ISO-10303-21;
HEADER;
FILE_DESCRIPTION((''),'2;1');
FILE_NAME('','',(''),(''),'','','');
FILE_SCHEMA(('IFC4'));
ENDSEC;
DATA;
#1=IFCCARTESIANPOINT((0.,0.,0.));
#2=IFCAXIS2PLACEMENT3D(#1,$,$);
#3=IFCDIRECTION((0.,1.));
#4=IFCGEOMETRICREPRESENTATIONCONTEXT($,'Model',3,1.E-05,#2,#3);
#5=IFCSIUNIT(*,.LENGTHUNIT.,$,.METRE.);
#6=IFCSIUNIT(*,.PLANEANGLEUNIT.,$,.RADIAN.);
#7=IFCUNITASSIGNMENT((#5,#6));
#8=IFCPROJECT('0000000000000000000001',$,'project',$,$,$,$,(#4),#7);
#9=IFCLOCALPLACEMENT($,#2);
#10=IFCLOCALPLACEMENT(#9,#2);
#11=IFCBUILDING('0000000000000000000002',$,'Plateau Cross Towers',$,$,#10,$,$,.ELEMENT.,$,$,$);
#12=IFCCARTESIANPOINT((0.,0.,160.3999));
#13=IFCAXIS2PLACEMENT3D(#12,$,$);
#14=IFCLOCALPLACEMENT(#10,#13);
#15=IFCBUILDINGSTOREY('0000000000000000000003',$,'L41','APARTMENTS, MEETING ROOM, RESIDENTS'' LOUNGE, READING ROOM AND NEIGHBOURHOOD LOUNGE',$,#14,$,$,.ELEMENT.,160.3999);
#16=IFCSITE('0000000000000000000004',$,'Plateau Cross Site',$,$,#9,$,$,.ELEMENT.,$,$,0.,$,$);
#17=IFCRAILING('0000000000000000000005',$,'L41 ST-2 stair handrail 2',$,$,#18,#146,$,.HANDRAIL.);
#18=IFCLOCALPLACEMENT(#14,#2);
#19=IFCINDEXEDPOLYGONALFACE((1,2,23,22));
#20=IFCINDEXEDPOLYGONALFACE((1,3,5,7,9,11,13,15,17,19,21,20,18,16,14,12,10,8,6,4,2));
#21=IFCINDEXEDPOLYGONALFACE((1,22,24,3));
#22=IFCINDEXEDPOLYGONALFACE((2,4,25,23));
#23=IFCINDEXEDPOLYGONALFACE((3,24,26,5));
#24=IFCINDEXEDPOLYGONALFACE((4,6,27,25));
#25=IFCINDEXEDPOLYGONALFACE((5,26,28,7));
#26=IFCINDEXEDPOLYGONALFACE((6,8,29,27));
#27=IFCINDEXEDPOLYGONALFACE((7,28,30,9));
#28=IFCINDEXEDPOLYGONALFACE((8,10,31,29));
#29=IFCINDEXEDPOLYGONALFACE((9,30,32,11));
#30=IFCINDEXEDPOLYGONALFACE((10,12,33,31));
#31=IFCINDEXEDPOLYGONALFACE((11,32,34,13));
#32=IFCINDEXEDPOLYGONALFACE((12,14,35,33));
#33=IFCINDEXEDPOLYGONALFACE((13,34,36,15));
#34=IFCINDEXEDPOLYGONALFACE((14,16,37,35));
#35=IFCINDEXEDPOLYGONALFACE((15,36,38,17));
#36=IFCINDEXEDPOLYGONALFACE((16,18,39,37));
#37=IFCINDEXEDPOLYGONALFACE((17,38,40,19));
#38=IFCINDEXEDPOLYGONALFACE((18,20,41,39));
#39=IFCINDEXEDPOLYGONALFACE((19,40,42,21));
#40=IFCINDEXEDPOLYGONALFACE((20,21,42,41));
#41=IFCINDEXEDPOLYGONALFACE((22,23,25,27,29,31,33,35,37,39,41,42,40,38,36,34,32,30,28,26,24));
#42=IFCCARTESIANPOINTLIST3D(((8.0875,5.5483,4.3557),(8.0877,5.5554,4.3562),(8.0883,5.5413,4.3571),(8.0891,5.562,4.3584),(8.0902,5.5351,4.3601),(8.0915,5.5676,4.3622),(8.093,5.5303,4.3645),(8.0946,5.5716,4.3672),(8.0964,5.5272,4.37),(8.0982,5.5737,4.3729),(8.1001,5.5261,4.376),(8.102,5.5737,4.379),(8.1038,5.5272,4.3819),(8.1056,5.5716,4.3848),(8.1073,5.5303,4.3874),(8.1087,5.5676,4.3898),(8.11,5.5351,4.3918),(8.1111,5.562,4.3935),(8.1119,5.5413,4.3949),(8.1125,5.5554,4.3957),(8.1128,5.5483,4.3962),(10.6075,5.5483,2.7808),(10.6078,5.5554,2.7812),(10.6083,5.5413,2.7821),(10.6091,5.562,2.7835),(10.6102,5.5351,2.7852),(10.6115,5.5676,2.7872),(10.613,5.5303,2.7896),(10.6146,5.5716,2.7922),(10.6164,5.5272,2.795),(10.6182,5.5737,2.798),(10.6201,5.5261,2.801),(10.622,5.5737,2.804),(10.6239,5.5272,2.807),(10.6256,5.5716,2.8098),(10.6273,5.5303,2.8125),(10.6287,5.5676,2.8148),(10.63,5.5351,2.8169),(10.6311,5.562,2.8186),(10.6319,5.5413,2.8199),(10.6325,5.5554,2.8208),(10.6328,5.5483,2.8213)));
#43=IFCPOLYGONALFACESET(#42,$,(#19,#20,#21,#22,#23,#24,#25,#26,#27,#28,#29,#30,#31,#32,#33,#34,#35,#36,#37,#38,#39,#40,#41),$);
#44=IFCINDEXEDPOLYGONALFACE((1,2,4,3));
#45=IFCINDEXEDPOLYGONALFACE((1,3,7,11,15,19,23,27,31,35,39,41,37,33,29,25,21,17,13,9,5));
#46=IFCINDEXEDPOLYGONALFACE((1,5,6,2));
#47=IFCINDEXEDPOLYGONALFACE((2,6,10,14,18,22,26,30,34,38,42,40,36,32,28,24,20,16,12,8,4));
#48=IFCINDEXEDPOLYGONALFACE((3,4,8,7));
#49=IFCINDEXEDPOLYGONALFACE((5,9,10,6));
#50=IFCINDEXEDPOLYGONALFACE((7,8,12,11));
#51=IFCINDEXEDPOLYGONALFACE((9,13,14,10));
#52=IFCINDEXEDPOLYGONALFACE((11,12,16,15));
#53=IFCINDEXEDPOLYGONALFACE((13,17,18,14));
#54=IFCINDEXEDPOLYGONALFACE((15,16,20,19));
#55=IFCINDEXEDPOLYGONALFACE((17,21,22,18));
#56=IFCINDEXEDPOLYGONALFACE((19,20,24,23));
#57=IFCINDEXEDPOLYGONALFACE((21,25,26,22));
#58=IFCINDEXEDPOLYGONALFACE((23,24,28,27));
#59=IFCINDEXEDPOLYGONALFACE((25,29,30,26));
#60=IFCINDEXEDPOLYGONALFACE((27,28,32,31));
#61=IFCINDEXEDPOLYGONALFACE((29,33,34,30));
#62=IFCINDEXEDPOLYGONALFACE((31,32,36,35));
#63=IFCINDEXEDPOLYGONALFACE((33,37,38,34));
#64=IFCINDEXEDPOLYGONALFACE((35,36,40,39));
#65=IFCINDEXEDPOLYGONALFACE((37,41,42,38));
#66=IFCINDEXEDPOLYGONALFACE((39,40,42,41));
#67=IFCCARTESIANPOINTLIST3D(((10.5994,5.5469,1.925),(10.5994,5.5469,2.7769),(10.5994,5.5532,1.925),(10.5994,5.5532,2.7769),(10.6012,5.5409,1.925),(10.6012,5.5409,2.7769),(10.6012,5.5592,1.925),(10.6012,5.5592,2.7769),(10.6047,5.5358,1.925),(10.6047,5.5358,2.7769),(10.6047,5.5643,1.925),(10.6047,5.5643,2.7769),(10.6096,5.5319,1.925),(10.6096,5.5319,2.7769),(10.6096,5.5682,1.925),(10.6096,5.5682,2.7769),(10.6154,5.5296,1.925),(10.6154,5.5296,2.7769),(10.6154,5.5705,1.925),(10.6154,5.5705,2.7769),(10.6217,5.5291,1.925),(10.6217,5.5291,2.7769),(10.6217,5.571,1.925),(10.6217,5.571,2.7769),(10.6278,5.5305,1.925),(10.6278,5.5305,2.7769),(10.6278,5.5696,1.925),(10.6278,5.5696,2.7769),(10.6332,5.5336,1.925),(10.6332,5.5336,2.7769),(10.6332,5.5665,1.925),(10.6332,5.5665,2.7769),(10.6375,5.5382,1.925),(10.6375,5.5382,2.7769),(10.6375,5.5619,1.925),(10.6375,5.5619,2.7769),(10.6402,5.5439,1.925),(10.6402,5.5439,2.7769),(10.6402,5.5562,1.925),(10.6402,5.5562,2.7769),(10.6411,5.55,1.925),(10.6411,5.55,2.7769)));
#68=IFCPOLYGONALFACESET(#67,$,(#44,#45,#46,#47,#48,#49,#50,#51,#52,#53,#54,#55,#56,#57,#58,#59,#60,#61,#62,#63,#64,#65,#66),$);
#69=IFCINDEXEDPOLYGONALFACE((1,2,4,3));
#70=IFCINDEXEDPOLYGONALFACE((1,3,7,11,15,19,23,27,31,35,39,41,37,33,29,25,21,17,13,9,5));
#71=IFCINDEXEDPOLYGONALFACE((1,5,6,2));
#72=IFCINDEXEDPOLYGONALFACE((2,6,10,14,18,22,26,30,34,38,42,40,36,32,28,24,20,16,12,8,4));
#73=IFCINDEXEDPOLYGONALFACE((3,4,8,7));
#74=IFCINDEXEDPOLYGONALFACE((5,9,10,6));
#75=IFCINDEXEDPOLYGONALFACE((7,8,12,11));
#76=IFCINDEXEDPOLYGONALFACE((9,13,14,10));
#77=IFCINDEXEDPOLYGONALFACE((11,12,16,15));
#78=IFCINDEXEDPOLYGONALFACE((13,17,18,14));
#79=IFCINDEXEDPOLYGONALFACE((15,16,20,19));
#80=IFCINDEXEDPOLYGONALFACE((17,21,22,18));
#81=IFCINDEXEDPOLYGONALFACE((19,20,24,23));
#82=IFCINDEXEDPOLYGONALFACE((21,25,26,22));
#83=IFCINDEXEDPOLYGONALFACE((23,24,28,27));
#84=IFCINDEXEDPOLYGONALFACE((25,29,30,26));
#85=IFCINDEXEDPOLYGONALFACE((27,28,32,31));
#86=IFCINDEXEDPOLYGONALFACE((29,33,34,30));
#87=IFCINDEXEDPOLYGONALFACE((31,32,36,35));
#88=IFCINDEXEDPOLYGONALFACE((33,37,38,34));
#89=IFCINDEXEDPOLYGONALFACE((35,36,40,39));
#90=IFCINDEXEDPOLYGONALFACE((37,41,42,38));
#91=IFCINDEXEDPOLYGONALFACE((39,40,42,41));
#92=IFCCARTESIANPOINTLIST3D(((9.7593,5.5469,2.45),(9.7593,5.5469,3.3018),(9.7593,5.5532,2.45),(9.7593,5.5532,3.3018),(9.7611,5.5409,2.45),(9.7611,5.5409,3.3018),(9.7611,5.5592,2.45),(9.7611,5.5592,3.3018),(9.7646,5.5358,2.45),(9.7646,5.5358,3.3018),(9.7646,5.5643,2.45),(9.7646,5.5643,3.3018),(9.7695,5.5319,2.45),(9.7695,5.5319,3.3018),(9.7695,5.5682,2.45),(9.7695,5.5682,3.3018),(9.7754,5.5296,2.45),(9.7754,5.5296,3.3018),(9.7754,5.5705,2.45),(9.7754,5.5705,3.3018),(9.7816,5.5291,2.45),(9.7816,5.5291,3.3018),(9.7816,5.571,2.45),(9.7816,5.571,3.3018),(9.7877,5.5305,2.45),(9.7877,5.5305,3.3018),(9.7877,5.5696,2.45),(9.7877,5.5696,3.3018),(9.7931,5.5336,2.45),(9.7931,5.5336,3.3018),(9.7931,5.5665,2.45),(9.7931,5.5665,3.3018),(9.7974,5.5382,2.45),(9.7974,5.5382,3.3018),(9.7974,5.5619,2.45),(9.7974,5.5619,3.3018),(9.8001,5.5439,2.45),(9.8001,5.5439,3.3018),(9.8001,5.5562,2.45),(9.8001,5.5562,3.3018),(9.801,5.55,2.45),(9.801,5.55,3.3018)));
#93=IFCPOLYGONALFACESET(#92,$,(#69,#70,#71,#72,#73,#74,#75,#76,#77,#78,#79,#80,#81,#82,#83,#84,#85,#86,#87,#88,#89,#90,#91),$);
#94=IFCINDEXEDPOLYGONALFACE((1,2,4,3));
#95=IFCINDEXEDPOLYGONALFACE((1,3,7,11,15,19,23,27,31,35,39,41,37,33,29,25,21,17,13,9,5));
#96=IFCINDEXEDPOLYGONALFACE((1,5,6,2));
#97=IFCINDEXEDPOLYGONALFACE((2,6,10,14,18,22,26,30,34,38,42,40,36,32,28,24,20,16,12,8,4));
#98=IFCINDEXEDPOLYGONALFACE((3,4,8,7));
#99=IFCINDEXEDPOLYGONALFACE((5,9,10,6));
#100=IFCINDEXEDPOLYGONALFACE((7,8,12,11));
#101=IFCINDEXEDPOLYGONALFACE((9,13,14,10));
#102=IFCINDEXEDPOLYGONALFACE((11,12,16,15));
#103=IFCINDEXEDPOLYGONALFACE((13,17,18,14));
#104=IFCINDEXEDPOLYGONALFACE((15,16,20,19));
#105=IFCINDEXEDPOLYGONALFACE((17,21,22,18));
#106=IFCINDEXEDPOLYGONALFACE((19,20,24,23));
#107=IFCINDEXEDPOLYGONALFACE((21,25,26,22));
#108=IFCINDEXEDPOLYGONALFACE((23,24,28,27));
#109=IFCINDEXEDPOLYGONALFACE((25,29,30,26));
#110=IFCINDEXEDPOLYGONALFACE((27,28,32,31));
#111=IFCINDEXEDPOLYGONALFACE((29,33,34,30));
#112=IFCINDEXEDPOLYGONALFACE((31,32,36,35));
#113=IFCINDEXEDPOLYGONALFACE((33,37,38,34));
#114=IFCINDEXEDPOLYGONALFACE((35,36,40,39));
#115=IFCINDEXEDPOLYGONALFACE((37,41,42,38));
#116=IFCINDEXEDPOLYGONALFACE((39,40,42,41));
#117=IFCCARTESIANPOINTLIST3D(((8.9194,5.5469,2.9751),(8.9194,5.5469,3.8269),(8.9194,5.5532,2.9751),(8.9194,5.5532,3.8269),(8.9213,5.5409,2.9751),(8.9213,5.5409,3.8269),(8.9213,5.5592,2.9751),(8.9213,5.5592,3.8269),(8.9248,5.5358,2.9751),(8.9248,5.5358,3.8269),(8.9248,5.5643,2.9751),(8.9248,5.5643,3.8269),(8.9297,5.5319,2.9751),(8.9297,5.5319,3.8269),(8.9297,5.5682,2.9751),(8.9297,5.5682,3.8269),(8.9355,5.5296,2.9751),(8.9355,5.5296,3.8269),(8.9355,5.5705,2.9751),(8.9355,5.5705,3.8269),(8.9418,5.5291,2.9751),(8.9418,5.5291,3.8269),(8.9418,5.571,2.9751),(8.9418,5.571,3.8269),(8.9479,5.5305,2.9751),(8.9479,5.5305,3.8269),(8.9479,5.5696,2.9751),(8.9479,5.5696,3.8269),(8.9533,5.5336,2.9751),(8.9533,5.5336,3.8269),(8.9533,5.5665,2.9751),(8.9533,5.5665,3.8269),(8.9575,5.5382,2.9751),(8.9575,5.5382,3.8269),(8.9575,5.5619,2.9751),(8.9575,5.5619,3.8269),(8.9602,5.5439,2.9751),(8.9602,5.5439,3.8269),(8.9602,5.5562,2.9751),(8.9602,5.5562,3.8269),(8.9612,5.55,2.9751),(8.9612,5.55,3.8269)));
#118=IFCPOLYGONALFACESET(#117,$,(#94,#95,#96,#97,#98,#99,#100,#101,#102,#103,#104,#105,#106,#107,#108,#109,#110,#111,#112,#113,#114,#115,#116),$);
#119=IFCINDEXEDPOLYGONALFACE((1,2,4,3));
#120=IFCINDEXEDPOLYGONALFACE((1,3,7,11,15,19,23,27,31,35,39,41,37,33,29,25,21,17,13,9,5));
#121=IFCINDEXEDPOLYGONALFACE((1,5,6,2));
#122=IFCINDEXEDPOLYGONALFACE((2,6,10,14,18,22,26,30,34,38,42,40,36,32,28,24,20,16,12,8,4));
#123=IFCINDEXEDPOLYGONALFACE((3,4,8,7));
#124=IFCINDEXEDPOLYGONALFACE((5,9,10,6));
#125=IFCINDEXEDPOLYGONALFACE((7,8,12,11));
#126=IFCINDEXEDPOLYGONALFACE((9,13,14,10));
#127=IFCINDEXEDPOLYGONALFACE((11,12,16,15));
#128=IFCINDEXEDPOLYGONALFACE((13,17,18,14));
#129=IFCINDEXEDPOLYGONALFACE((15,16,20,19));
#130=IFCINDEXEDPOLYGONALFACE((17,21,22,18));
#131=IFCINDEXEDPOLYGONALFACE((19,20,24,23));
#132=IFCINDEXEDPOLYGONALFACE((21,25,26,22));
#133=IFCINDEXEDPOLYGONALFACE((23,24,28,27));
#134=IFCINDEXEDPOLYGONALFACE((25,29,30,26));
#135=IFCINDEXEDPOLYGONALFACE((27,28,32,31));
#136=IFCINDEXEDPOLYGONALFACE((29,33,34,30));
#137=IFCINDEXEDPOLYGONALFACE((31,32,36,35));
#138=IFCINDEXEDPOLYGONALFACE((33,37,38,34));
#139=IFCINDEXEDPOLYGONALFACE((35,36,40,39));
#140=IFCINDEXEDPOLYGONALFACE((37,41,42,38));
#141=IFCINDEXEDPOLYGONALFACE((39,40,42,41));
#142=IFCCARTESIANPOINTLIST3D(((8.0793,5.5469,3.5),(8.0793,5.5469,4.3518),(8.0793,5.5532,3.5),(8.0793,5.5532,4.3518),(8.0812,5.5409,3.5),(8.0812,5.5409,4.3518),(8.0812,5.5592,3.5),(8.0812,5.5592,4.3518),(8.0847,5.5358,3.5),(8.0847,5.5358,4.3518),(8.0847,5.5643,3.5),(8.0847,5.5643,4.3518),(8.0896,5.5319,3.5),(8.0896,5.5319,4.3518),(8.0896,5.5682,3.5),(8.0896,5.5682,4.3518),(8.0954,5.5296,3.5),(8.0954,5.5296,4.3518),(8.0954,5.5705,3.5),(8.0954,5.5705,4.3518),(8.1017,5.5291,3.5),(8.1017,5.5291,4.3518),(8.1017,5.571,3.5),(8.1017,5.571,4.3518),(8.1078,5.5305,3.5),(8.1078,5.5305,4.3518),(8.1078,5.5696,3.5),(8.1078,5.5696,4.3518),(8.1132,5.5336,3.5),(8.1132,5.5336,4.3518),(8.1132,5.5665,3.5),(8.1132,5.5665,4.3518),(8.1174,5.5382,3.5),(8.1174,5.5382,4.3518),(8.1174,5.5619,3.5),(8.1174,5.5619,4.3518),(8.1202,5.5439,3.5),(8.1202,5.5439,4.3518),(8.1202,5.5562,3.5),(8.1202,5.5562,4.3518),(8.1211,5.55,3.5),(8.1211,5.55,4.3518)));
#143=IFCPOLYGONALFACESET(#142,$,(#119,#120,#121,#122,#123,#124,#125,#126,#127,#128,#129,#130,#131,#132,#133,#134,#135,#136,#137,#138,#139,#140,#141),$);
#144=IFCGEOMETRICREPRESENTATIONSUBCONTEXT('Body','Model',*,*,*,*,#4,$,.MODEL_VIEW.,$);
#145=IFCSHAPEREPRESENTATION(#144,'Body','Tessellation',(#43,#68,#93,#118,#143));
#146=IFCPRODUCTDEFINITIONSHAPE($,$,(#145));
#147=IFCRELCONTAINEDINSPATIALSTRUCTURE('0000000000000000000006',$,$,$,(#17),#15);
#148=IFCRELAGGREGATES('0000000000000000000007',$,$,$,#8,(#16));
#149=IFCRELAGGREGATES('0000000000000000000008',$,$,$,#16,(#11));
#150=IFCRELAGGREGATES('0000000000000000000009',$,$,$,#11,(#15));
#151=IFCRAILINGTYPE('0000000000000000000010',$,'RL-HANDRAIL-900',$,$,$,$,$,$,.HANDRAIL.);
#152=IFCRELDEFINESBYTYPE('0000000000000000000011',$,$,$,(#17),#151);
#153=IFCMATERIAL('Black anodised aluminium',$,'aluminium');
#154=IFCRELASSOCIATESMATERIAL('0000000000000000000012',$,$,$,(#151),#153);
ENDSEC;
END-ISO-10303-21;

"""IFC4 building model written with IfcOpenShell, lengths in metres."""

from ifc_helpers import new_model, si_unit, direction, frame, origin, origin_2d, place, context, subcontext, project, spatial, circle, extrude, material, type_object, element, save


model = new_model("IFC4")

# Units and contexts
model_context = context("Model", 3, precision=1e-05, world=origin(), true_north=direction((0.0, 1.0)))
body_context = subcontext(model_context, "Body", "Model", "MODEL_VIEW")
ifc_project = project(units=[si_unit("LENGTHUNIT", "METRE"), si_unit("PLANEANGLEUNIT", "RADIAN")], contexts=[model_context])

# Site, building, storey
site_placement = place(None, origin())
site = spatial("IfcSite", under=ifc_project, at=site_placement, Name="Plateau Cross Site", CompositionType="ELEMENT", RefElevation=0.0)
building_placement = place(site_placement, origin())
building = spatial("IfcBuilding", under=site, at=building_placement, Name="Plateau Cross Towers", CompositionType="ELEMENT")
storey_placement = place(building_placement, frame((0.0, 0.0, 160.3999)))
storey = spatial("IfcBuildingStorey", under=building, at=storey_placement, Name="L41", Description="APARTMENTS, MEETING ROOM, RESIDENTS' LOUNGE, READING ROOM AND NEIGHBOURHOOD LOUNGE", CompositionType="ELEMENT", Elevation=160.3999)

# Railing
ifc_material_1 = material(Name="Black anodised aluminium", Category="aluminium")
railing_type_1 = type_object("IfcRailingType", Name="RL-HANDRAIL-900", PredefinedType="HANDRAIL", material=ifc_material_1)
railing_1_placement = place(storey_placement, frame((10.6201, 5.55, 1.925)))
element("IfcRailing", 1, at=railing_1_placement, inside=storey, type_object=railing_type_1, Name="L41 ST-2 stair handrail 2", PredefinedType="HANDRAIL", context=body_context, shape_type="SweptSolid", body=[
    extrude(circle(Radius=0.0239, at=origin_2d()), frame((0.0, 0.0, 0.876), z_axis=(-0.848008, 0.0, 0.529984), x_axis=(0.0, -1.0, 0.0)), (0.0, 0.0, 1.0), 2.9717),
    extrude(circle(Radius=0.021, at=origin_2d()), origin(), (0.0, 0.0, 1.0), 0.8518),
    extrude(circle(Radius=0.021, at=origin_2d()), frame((-0.8401, 0.0, 0.5249)), (0.0, 0.0, 1.0), 0.8518),
    extrude(circle(Radius=0.021, at=origin_2d()), frame((-1.6799, 0.0, 1.05)), (0.0, 0.0, 1.0), 0.8518),
    extrude(circle(Radius=0.021, at=origin_2d()), frame((-2.52, 0.0, 1.575)), (0.0, 0.0, 1.0), 0.8518),
])

save(model, "model.ifc")
